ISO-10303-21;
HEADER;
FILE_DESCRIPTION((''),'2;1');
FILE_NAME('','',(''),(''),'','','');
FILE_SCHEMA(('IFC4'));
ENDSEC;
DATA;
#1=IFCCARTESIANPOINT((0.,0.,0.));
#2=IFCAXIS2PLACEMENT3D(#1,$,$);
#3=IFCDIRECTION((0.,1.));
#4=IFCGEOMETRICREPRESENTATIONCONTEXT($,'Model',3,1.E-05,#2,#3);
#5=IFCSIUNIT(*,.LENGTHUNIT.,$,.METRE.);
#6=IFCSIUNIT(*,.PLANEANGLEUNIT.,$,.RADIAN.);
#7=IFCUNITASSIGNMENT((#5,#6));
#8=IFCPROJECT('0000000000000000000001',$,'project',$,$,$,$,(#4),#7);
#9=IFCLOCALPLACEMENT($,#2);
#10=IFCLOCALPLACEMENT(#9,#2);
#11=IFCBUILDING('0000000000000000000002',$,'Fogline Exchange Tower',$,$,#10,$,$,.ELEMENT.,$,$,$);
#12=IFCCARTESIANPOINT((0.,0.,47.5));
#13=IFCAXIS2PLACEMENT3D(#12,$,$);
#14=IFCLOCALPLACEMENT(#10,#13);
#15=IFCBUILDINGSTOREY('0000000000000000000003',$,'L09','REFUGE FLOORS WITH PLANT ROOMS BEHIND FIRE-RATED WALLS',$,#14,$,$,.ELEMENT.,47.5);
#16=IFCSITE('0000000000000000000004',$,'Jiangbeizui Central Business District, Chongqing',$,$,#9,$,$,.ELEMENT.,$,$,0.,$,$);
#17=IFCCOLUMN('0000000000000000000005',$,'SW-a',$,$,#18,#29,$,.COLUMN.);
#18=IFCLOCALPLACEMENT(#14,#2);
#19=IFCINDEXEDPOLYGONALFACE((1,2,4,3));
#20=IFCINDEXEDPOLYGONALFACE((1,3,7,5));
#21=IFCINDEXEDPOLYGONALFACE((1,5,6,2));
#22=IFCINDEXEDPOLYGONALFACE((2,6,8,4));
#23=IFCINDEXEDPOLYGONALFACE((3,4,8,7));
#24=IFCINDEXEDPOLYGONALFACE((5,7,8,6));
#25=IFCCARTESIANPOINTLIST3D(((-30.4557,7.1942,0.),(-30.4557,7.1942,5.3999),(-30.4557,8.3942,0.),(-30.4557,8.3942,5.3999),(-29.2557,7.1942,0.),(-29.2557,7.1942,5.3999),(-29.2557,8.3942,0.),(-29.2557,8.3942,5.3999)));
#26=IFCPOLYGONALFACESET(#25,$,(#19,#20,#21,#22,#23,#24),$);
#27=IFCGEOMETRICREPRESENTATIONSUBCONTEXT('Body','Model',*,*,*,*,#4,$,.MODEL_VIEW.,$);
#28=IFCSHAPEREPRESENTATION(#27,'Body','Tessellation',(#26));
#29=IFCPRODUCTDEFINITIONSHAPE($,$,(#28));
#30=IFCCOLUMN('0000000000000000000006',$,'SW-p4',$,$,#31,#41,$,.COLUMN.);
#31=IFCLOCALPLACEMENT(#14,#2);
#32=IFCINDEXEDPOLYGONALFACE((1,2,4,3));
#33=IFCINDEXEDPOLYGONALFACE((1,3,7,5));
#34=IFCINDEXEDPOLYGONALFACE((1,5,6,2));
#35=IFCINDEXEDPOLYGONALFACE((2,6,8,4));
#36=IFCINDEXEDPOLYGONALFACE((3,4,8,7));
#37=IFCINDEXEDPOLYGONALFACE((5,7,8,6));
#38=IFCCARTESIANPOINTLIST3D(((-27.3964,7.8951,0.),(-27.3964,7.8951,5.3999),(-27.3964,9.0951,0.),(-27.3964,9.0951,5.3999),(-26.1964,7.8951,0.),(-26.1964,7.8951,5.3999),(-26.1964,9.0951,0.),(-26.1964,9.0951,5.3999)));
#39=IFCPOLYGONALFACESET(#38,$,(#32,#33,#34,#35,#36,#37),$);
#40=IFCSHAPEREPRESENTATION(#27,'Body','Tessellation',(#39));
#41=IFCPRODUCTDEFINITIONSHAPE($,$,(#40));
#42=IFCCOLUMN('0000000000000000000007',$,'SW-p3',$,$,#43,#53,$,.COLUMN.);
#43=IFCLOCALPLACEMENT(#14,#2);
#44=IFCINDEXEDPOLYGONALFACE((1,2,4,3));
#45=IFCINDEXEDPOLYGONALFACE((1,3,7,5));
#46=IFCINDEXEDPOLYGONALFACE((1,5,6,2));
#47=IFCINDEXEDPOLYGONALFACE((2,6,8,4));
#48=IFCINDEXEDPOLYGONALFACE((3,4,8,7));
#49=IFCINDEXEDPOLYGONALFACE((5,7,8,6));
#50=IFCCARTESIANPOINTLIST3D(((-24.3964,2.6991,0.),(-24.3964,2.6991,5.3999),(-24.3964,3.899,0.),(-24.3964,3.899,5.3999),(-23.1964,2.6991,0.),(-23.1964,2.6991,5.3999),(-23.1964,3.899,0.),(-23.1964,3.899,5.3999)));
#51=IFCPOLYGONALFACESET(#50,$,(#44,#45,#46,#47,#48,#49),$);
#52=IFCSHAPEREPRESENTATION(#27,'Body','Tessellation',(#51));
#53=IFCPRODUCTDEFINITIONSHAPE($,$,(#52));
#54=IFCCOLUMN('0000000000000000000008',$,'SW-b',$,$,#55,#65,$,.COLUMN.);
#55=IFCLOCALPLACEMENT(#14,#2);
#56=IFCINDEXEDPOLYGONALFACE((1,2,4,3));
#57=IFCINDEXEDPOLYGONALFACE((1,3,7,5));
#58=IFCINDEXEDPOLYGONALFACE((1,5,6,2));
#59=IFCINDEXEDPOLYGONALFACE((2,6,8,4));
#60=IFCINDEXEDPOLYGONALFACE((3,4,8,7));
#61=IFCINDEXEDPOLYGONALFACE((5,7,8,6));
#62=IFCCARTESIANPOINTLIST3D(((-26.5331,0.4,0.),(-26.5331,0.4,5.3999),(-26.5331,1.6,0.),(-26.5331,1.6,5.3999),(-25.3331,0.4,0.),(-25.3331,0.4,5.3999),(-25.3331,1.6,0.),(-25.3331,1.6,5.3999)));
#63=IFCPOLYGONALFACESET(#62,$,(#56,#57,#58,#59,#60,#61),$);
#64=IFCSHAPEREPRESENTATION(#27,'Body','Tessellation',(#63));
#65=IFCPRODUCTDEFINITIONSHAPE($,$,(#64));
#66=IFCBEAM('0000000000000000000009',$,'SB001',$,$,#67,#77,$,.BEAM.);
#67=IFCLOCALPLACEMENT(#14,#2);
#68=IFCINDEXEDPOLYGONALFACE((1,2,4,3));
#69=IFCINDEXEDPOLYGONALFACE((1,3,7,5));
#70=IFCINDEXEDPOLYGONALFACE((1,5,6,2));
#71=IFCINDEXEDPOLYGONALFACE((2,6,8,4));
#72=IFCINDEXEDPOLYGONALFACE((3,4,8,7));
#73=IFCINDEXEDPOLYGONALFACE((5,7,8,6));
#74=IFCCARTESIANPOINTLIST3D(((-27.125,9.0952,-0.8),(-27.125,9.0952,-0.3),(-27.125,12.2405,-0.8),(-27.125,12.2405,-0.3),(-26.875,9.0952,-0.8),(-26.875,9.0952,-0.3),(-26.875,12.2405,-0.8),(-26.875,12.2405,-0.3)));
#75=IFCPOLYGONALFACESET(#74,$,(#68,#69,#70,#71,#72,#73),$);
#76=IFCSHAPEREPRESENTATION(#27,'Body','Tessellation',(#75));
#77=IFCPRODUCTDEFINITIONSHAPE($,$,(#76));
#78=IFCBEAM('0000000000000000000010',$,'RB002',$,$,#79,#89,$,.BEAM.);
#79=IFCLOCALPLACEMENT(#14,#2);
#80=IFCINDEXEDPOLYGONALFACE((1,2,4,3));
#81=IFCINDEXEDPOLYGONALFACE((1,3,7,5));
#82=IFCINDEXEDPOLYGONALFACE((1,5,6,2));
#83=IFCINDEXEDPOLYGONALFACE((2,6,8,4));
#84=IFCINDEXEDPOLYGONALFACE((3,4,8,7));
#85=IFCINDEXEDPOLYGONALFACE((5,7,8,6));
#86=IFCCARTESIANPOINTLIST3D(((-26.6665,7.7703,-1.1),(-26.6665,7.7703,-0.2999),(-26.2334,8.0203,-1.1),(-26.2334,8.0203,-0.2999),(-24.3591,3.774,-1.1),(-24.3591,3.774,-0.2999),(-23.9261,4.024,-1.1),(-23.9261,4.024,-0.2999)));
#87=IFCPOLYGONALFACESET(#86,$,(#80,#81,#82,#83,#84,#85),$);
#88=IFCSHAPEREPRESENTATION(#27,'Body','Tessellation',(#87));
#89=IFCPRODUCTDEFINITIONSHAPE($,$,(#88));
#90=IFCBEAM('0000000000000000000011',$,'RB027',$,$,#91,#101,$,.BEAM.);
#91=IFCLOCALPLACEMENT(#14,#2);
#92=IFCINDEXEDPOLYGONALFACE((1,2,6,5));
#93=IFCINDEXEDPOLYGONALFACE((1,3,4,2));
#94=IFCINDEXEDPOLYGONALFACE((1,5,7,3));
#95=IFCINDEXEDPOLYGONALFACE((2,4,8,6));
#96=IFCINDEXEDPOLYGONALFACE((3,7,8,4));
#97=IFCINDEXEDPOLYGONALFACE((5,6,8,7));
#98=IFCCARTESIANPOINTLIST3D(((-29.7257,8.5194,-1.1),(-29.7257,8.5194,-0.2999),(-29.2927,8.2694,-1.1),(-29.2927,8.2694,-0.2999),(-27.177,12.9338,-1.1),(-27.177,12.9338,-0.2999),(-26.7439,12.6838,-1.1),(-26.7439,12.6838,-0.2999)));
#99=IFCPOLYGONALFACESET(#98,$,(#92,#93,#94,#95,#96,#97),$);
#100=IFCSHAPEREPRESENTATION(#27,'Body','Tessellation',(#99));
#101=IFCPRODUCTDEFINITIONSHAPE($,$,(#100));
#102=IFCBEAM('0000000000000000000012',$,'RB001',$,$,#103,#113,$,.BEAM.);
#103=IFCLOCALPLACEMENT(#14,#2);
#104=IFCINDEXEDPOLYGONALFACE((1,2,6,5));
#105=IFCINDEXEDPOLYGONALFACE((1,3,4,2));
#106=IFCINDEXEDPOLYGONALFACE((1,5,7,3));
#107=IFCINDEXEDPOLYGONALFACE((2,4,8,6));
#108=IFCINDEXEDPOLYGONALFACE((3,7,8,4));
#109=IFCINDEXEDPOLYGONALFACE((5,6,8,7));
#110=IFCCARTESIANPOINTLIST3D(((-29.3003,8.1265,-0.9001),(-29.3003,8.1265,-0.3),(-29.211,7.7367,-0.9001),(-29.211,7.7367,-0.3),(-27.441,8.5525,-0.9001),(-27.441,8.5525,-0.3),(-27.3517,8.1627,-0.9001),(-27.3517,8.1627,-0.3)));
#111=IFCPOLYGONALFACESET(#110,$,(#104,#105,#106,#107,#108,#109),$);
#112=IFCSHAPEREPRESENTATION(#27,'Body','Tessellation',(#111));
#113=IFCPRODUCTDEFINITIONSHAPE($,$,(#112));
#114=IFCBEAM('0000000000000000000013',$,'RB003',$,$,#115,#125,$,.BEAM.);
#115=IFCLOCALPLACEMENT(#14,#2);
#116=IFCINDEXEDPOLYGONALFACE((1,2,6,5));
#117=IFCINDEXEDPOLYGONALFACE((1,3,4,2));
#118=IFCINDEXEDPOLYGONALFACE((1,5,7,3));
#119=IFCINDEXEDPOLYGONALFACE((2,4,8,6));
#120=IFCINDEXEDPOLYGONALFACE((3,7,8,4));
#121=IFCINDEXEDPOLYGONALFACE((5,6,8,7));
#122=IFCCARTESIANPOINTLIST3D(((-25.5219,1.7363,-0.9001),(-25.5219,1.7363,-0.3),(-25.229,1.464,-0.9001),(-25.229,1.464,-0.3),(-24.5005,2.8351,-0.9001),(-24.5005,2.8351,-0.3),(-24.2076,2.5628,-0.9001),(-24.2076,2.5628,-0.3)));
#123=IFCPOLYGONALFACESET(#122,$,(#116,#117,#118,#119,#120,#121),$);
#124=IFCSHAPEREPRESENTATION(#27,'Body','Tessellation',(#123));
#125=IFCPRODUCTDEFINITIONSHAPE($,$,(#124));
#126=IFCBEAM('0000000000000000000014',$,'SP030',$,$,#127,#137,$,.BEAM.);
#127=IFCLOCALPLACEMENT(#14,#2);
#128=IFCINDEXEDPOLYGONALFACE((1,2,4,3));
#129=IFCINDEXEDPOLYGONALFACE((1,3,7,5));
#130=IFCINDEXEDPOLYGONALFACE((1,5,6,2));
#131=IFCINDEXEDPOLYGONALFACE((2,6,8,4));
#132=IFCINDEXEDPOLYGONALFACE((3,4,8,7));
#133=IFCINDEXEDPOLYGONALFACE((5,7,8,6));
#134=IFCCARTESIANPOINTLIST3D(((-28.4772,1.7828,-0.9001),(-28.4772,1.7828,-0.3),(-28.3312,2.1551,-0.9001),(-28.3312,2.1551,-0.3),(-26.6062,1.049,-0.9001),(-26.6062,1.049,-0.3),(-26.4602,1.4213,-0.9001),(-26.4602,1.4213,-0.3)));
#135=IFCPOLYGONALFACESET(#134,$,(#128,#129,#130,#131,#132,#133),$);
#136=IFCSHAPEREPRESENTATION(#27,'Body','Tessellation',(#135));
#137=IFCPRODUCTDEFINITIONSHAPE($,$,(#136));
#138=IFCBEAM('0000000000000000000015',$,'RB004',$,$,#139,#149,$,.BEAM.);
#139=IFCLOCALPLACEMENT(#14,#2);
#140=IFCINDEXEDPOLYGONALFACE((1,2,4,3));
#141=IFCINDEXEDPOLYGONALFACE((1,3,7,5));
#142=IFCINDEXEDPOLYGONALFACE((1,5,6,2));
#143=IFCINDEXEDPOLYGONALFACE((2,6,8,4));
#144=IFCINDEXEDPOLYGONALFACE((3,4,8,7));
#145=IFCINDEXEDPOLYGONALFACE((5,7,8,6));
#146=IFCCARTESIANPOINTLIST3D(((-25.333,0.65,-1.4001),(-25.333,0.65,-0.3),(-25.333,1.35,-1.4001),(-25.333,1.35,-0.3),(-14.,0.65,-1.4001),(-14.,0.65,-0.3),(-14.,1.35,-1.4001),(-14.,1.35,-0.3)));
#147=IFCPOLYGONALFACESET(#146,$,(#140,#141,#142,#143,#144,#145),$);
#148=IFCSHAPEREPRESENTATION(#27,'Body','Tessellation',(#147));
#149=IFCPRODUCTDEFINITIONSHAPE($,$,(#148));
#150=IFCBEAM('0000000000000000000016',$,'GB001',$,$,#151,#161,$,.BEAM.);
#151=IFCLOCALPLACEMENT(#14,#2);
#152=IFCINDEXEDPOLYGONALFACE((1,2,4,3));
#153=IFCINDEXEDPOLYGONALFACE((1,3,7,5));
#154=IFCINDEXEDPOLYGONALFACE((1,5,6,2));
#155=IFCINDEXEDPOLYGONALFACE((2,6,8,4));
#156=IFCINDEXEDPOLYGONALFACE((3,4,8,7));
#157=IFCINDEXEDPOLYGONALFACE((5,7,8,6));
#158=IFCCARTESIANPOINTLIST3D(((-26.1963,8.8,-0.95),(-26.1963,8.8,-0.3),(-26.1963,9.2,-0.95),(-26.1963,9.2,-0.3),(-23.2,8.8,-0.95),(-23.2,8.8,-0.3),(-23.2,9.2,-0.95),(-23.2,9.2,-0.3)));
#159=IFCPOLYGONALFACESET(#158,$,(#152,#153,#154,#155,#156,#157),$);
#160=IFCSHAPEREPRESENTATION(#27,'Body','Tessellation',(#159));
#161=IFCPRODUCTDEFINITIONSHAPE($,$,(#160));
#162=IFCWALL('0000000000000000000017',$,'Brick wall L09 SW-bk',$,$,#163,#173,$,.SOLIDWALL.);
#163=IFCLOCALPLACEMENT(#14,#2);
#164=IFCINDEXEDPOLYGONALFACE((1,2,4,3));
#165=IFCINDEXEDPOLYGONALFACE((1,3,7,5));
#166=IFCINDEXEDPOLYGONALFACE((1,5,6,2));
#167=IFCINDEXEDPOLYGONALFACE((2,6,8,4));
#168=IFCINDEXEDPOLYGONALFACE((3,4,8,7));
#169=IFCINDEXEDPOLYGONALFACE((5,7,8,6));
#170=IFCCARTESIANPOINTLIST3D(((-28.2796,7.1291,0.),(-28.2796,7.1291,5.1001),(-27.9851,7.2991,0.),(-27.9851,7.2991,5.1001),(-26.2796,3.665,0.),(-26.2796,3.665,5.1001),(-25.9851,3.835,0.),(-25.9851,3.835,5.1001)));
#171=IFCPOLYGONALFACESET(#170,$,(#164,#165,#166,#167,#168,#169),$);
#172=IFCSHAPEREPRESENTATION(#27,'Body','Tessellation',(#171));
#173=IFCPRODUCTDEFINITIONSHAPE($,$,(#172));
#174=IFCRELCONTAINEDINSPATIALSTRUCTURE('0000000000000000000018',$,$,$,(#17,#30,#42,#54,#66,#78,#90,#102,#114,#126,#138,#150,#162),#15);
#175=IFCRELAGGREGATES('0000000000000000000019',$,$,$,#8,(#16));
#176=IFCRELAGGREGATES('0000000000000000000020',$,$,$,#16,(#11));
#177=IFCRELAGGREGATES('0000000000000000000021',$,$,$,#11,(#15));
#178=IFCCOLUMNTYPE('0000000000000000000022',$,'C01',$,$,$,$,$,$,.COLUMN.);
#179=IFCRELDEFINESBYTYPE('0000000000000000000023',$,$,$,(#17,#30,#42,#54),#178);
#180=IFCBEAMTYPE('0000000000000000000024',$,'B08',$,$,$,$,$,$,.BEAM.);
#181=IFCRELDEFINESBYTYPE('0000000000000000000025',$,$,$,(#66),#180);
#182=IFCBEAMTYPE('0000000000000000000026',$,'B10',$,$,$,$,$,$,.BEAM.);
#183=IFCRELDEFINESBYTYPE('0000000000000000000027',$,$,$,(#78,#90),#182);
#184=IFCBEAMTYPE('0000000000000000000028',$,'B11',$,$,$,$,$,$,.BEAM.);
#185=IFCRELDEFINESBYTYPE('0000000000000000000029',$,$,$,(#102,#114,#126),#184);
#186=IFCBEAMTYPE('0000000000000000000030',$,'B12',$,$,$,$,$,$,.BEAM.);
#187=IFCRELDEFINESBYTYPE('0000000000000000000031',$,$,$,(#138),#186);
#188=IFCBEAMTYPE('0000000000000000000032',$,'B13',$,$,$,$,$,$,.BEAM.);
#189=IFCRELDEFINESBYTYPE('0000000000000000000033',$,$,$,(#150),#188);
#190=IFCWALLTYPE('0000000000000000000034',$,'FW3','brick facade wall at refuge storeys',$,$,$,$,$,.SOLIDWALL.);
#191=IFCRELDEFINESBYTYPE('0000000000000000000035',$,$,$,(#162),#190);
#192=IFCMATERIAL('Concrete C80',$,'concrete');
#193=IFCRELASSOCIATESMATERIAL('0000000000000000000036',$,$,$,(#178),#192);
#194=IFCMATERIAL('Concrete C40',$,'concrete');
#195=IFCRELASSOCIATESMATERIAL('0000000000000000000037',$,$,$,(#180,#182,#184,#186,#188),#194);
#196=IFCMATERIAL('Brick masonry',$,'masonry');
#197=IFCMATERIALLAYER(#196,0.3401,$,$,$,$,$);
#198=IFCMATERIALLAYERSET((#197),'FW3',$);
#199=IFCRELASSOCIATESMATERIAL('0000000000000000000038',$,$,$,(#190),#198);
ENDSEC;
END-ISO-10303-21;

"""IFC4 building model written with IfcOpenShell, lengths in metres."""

from ifc_helpers import new_model, si_unit, direction, frame, frame_2d, origin, origin_2d, place, context, subcontext, project, spatial, rectangle, extrude, material, layer, layer_set, material_profile, profile_set, type_object, element, save


model = new_model("IFC4")

# Units and contexts
model_context = context("Model", 3, precision=1e-05, world=origin(), true_north=direction((0.0, 1.0)))
body_context = subcontext(model_context, "Body", "Model", "MODEL_VIEW")
ifc_project = project(units=[si_unit("LENGTHUNIT", "METRE"), si_unit("PLANEANGLEUNIT", "RADIAN")], contexts=[model_context])

# Site, building, storey
site_placement = place(None, origin())
site = spatial("IfcSite", under=ifc_project, at=site_placement, Name="Jiangbeizui Central Business District, Chongqing", CompositionType="ELEMENT", RefElevation=0.0)
building_placement = place(site_placement, origin())
building = spatial("IfcBuilding", under=site, at=building_placement, Name="Fogline Exchange Tower", CompositionType="ELEMENT")
storey_placement = place(building_placement, frame((0.0, 0.0, 47.5)))
storey = spatial("IfcBuildingStorey", under=building, at=storey_placement, Name="L09", Description="REFUGE FLOORS WITH PLANT ROOMS BEHIND FIRE-RATED WALLS", CompositionType="ELEMENT", Elevation=47.5)

# Columns
ifc_material_1 = material(Name="Concrete C80", Category="concrete")
ifc_material_profile_1 = material_profile(ifc_material_1, rectangle(XDim=1.2, YDim=1.2, at=origin_2d()), Name="RC 1200x1200")
ifc_profile_set_1 = profile_set([ifc_material_profile_1], Name="Concrete C80")
column_type = type_object("IfcColumnType", Name="C01", PredefinedType="COLUMN", material=ifc_profile_set_1)
for number, where, z_axis, x_axis, name in (
    (1, (-29.8557, 7.7942, 0.0), (0.0, 0.0, 1.0), (1.0, 0.0, 0.0), "SW-a"),
    (2, (-26.7964, 8.4951, 0.0), (0.0, 0.0, 1.0), (1.0, 0.0, 0.0), "SW-p4"),
    (3, (-23.7964, 3.2991, 0.0), (0.0, 0.0, 1.0), (1.0, 0.0, 0.0), "SW-p3"),
    (4, (-25.9331, 1.0, 0.0), (0.0, 0.0, 1.0), (1.0, 0.0, 0.0), "SW-b"),
):
    element("IfcColumn", number, at=place(storey_placement, frame(where, z_axis=z_axis, x_axis=x_axis)), inside=storey, type_object=column_type, Name=name, PredefinedType="COLUMN", context=body_context, shape_type="SweptSolid", body=[
        extrude(rectangle(XDim=1.2, YDim=1.2, at=origin_2d()), origin(), (0.0, 0.0, 1.0), 5.3999),
    ])

# Beams
ifc_material_2 = material(Name="Concrete C40", Category="concrete")
ifc_material_profile_2 = material_profile(ifc_material_2, rectangle(XDim=0.25, YDim=0.5, at=origin_2d()), Name="RC 250x500")
ifc_profile_set_2 = profile_set([ifc_material_profile_2], Name="Concrete C40")
beam_type_1 = type_object("IfcBeamType", Name="B08", PredefinedType="BEAM", material=ifc_profile_set_2)
beam_1_placement = place(storey_placement, frame((-27.0, 9.0952, -0.55), z_axis=(0.0, 1.0, 0.0), x_axis=(-1.0, 0.0, 0.0)))
element("IfcBeam", 5, at=beam_1_placement, inside=storey, type_object=beam_type_1, Name="SB001", PredefinedType="BEAM", context=body_context, shape_type="SweptSolid", body=[
    extrude(rectangle(XDim=0.25, YDim=0.5, at=origin_2d()), origin(), (0.0, 0.0, 1.0), 3.1453),
])
ifc_material_profile_3 = material_profile(ifc_material_2, rectangle(XDim=0.5, YDim=0.8, at=origin_2d()), Name="RC 500x800")
ifc_profile_set_3 = profile_set([ifc_material_profile_3], Name="Concrete C40")
beam_type_2 = type_object("IfcBeamType", Name="B10", PredefinedType="BEAM", material=ifc_profile_set_3)
beam_2_placement = place(storey_placement, frame((-26.45, 7.8953, -0.7), z_axis=(0.500014, -0.866017, 0.0), x_axis=(0.866017, 0.500014, 0.0)))
element("IfcBeam", 6, at=beam_2_placement, inside=storey, type_object=beam_type_2, Name="RB002", PredefinedType="BEAM", context=body_context, shape_type="SweptSolid", body=[
    extrude(rectangle(XDim=0.5, YDim=0.8, at=origin_2d()), origin(), (0.0, 0.0, 1.0), 4.6145),
])
beam_3_placement = place(storey_placement, frame((-26.9604, 12.8088, -0.7), z_axis=(-0.500013, -0.866018, 0.0), x_axis=(0.866018, -0.500013, 0.0)))
element("IfcBeam", 7, at=beam_3_placement, inside=storey, type_object=beam_type_2, Name="RB027", PredefinedType="BEAM", context=body_context, shape_type="SweptSolid", body=[
    extrude(rectangle(XDim=0.5, YDim=0.8, at=origin_2d()), origin(), (0.0, 0.0, 1.0), 5.0974),
])
ifc_material_profile_4 = material_profile(ifc_material_2, rectangle(XDim=0.3999, YDim=0.6001, at=origin_2d()), Name="RC 400x600")
ifc_profile_set_4 = profile_set([ifc_material_profile_4], Name="Concrete C40")
beam_type_3 = type_object("IfcBeamType", Name="B11", PredefinedType="BEAM", material=ifc_profile_set_4)
beam_4_placement = place(storey_placement, frame((-29.2556, 7.9316, -0.6001), z_axis=(0.974742, 0.223336, 0.0), x_axis=(-0.223336, 0.974742, 0.0)))
element("IfcBeam", 8, at=beam_4_placement, inside=storey, type_object=beam_type_3, Name="RB001", PredefinedType="BEAM", context=body_context, shape_type="SweptSolid", body=[
    extrude(rectangle(XDim=0.3999, YDim=0.6001, at=origin_2d()), origin(), (0.0, 0.0, 1.0), 1.9075),
])
beam_5_placement = place(storey_placement, frame((-24.354, 2.699, -0.6001), z_axis=(-0.680844, -0.732428, 0.0), x_axis=(0.732428, -0.680844, 0.0)))
element("IfcBeam", 9, at=beam_5_placement, inside=storey, type_object=beam_type_3, Name="RB003", PredefinedType="BEAM", context=body_context, shape_type="SweptSolid", body=[
    extrude(rectangle(XDim=0.3999, YDim=0.6001, at=origin_2d()), origin(), (0.0, 0.0, 1.0), 1.5002),
])
beam_6_placement = place(storey_placement, frame((-26.5332, 1.2351, -0.6001), z_axis=(-0.930952, 0.365141, 0.0), x_axis=(-0.365141, -0.930952, 0.0)))
element("IfcBeam", 10, at=beam_6_placement, inside=storey, type_object=beam_type_3, Name="SP030", PredefinedType="BEAM", context=body_context, shape_type="SweptSolid", body=[
    extrude(rectangle(XDim=0.3999, YDim=0.6001, at=origin_2d()), origin(), (0.0, 0.0, 1.0), 2.0098),
])
ifc_material_profile_5 = material_profile(ifc_material_2, rectangle(XDim=0.7, YDim=1.1001, at=origin_2d()), Name="RC 700x1100")
ifc_profile_set_5 = profile_set([ifc_material_profile_5], Name="Concrete C40")
beam_type_4 = type_object("IfcBeamType", Name="B12", PredefinedType="BEAM", material=ifc_profile_set_5)
beam_7_placement = place(storey_placement, frame((-25.333, 1.0, -0.8501), z_axis=(1.0, 0.0, 0.0), x_axis=(0.0, 1.0, 0.0)))
element("IfcBeam", 11, at=beam_7_placement, inside=storey, type_object=beam_type_4, Name="RB004", PredefinedType="BEAM", context=body_context, shape_type="SweptSolid", body=[
    extrude(rectangle(XDim=0.7, YDim=1.1001, at=origin_2d()), origin(), (0.0, 0.0, 1.0), 11.333),
])
ifc_material_profile_6 = material_profile(ifc_material_2, rectangle(XDim=0.3999, YDim=0.6499, at=origin_2d()), Name="RC 400x650")
ifc_profile_set_6 = profile_set([ifc_material_profile_6], Name="Concrete C40")
beam_type_5 = type_object("IfcBeamType", Name="B13", PredefinedType="BEAM", material=ifc_profile_set_6)
beam_8_placement = place(storey_placement, frame((-26.1963, 9.0, -0.625), z_axis=(1.0, 0.0, 0.0), x_axis=(0.0, 1.0, 0.0)))
element("IfcBeam", 12, at=beam_8_placement, inside=storey, type_object=beam_type_5, Name="GB001", PredefinedType="BEAM", context=body_context, shape_type="SweptSolid", body=[
    extrude(rectangle(XDim=0.3999, YDim=0.6499, at=origin_2d()), origin(), (0.0, 0.0, 1.0), 2.9963),
])

# Wall
ifc_material_3 = material(Name="Brick masonry", Category="masonry")
ifc_layer = layer(ifc_material_3, 0.3401)
ifc_layer_set = layer_set([ifc_layer], Name="FW3")
wall_type = type_object("IfcWallType", Name="FW3", Description="brick facade wall at refuge storeys", PredefinedType="SOLIDWALL", material=ifc_layer_set)
wall_1_placement = place(storey_placement, frame((-28.1323, 7.2141, 0.0), z_axis=(0.0, 0.0, 1.0), x_axis=(0.499999, -0.866026, 0.0)))
element("IfcWall", 13, at=wall_1_placement, inside=storey, type_object=wall_type, Name="Brick wall L09 SW-bk", PredefinedType="SOLIDWALL", context=body_context, shape_type="SweptSolid", body=[
    extrude(rectangle(XDim=4.0, YDim=0.3401, at=frame_2d((2.0, 0.0))), origin(), (0.0, 0.0, 1.0), 5.1001),
])

save(model, "model.ifc")
